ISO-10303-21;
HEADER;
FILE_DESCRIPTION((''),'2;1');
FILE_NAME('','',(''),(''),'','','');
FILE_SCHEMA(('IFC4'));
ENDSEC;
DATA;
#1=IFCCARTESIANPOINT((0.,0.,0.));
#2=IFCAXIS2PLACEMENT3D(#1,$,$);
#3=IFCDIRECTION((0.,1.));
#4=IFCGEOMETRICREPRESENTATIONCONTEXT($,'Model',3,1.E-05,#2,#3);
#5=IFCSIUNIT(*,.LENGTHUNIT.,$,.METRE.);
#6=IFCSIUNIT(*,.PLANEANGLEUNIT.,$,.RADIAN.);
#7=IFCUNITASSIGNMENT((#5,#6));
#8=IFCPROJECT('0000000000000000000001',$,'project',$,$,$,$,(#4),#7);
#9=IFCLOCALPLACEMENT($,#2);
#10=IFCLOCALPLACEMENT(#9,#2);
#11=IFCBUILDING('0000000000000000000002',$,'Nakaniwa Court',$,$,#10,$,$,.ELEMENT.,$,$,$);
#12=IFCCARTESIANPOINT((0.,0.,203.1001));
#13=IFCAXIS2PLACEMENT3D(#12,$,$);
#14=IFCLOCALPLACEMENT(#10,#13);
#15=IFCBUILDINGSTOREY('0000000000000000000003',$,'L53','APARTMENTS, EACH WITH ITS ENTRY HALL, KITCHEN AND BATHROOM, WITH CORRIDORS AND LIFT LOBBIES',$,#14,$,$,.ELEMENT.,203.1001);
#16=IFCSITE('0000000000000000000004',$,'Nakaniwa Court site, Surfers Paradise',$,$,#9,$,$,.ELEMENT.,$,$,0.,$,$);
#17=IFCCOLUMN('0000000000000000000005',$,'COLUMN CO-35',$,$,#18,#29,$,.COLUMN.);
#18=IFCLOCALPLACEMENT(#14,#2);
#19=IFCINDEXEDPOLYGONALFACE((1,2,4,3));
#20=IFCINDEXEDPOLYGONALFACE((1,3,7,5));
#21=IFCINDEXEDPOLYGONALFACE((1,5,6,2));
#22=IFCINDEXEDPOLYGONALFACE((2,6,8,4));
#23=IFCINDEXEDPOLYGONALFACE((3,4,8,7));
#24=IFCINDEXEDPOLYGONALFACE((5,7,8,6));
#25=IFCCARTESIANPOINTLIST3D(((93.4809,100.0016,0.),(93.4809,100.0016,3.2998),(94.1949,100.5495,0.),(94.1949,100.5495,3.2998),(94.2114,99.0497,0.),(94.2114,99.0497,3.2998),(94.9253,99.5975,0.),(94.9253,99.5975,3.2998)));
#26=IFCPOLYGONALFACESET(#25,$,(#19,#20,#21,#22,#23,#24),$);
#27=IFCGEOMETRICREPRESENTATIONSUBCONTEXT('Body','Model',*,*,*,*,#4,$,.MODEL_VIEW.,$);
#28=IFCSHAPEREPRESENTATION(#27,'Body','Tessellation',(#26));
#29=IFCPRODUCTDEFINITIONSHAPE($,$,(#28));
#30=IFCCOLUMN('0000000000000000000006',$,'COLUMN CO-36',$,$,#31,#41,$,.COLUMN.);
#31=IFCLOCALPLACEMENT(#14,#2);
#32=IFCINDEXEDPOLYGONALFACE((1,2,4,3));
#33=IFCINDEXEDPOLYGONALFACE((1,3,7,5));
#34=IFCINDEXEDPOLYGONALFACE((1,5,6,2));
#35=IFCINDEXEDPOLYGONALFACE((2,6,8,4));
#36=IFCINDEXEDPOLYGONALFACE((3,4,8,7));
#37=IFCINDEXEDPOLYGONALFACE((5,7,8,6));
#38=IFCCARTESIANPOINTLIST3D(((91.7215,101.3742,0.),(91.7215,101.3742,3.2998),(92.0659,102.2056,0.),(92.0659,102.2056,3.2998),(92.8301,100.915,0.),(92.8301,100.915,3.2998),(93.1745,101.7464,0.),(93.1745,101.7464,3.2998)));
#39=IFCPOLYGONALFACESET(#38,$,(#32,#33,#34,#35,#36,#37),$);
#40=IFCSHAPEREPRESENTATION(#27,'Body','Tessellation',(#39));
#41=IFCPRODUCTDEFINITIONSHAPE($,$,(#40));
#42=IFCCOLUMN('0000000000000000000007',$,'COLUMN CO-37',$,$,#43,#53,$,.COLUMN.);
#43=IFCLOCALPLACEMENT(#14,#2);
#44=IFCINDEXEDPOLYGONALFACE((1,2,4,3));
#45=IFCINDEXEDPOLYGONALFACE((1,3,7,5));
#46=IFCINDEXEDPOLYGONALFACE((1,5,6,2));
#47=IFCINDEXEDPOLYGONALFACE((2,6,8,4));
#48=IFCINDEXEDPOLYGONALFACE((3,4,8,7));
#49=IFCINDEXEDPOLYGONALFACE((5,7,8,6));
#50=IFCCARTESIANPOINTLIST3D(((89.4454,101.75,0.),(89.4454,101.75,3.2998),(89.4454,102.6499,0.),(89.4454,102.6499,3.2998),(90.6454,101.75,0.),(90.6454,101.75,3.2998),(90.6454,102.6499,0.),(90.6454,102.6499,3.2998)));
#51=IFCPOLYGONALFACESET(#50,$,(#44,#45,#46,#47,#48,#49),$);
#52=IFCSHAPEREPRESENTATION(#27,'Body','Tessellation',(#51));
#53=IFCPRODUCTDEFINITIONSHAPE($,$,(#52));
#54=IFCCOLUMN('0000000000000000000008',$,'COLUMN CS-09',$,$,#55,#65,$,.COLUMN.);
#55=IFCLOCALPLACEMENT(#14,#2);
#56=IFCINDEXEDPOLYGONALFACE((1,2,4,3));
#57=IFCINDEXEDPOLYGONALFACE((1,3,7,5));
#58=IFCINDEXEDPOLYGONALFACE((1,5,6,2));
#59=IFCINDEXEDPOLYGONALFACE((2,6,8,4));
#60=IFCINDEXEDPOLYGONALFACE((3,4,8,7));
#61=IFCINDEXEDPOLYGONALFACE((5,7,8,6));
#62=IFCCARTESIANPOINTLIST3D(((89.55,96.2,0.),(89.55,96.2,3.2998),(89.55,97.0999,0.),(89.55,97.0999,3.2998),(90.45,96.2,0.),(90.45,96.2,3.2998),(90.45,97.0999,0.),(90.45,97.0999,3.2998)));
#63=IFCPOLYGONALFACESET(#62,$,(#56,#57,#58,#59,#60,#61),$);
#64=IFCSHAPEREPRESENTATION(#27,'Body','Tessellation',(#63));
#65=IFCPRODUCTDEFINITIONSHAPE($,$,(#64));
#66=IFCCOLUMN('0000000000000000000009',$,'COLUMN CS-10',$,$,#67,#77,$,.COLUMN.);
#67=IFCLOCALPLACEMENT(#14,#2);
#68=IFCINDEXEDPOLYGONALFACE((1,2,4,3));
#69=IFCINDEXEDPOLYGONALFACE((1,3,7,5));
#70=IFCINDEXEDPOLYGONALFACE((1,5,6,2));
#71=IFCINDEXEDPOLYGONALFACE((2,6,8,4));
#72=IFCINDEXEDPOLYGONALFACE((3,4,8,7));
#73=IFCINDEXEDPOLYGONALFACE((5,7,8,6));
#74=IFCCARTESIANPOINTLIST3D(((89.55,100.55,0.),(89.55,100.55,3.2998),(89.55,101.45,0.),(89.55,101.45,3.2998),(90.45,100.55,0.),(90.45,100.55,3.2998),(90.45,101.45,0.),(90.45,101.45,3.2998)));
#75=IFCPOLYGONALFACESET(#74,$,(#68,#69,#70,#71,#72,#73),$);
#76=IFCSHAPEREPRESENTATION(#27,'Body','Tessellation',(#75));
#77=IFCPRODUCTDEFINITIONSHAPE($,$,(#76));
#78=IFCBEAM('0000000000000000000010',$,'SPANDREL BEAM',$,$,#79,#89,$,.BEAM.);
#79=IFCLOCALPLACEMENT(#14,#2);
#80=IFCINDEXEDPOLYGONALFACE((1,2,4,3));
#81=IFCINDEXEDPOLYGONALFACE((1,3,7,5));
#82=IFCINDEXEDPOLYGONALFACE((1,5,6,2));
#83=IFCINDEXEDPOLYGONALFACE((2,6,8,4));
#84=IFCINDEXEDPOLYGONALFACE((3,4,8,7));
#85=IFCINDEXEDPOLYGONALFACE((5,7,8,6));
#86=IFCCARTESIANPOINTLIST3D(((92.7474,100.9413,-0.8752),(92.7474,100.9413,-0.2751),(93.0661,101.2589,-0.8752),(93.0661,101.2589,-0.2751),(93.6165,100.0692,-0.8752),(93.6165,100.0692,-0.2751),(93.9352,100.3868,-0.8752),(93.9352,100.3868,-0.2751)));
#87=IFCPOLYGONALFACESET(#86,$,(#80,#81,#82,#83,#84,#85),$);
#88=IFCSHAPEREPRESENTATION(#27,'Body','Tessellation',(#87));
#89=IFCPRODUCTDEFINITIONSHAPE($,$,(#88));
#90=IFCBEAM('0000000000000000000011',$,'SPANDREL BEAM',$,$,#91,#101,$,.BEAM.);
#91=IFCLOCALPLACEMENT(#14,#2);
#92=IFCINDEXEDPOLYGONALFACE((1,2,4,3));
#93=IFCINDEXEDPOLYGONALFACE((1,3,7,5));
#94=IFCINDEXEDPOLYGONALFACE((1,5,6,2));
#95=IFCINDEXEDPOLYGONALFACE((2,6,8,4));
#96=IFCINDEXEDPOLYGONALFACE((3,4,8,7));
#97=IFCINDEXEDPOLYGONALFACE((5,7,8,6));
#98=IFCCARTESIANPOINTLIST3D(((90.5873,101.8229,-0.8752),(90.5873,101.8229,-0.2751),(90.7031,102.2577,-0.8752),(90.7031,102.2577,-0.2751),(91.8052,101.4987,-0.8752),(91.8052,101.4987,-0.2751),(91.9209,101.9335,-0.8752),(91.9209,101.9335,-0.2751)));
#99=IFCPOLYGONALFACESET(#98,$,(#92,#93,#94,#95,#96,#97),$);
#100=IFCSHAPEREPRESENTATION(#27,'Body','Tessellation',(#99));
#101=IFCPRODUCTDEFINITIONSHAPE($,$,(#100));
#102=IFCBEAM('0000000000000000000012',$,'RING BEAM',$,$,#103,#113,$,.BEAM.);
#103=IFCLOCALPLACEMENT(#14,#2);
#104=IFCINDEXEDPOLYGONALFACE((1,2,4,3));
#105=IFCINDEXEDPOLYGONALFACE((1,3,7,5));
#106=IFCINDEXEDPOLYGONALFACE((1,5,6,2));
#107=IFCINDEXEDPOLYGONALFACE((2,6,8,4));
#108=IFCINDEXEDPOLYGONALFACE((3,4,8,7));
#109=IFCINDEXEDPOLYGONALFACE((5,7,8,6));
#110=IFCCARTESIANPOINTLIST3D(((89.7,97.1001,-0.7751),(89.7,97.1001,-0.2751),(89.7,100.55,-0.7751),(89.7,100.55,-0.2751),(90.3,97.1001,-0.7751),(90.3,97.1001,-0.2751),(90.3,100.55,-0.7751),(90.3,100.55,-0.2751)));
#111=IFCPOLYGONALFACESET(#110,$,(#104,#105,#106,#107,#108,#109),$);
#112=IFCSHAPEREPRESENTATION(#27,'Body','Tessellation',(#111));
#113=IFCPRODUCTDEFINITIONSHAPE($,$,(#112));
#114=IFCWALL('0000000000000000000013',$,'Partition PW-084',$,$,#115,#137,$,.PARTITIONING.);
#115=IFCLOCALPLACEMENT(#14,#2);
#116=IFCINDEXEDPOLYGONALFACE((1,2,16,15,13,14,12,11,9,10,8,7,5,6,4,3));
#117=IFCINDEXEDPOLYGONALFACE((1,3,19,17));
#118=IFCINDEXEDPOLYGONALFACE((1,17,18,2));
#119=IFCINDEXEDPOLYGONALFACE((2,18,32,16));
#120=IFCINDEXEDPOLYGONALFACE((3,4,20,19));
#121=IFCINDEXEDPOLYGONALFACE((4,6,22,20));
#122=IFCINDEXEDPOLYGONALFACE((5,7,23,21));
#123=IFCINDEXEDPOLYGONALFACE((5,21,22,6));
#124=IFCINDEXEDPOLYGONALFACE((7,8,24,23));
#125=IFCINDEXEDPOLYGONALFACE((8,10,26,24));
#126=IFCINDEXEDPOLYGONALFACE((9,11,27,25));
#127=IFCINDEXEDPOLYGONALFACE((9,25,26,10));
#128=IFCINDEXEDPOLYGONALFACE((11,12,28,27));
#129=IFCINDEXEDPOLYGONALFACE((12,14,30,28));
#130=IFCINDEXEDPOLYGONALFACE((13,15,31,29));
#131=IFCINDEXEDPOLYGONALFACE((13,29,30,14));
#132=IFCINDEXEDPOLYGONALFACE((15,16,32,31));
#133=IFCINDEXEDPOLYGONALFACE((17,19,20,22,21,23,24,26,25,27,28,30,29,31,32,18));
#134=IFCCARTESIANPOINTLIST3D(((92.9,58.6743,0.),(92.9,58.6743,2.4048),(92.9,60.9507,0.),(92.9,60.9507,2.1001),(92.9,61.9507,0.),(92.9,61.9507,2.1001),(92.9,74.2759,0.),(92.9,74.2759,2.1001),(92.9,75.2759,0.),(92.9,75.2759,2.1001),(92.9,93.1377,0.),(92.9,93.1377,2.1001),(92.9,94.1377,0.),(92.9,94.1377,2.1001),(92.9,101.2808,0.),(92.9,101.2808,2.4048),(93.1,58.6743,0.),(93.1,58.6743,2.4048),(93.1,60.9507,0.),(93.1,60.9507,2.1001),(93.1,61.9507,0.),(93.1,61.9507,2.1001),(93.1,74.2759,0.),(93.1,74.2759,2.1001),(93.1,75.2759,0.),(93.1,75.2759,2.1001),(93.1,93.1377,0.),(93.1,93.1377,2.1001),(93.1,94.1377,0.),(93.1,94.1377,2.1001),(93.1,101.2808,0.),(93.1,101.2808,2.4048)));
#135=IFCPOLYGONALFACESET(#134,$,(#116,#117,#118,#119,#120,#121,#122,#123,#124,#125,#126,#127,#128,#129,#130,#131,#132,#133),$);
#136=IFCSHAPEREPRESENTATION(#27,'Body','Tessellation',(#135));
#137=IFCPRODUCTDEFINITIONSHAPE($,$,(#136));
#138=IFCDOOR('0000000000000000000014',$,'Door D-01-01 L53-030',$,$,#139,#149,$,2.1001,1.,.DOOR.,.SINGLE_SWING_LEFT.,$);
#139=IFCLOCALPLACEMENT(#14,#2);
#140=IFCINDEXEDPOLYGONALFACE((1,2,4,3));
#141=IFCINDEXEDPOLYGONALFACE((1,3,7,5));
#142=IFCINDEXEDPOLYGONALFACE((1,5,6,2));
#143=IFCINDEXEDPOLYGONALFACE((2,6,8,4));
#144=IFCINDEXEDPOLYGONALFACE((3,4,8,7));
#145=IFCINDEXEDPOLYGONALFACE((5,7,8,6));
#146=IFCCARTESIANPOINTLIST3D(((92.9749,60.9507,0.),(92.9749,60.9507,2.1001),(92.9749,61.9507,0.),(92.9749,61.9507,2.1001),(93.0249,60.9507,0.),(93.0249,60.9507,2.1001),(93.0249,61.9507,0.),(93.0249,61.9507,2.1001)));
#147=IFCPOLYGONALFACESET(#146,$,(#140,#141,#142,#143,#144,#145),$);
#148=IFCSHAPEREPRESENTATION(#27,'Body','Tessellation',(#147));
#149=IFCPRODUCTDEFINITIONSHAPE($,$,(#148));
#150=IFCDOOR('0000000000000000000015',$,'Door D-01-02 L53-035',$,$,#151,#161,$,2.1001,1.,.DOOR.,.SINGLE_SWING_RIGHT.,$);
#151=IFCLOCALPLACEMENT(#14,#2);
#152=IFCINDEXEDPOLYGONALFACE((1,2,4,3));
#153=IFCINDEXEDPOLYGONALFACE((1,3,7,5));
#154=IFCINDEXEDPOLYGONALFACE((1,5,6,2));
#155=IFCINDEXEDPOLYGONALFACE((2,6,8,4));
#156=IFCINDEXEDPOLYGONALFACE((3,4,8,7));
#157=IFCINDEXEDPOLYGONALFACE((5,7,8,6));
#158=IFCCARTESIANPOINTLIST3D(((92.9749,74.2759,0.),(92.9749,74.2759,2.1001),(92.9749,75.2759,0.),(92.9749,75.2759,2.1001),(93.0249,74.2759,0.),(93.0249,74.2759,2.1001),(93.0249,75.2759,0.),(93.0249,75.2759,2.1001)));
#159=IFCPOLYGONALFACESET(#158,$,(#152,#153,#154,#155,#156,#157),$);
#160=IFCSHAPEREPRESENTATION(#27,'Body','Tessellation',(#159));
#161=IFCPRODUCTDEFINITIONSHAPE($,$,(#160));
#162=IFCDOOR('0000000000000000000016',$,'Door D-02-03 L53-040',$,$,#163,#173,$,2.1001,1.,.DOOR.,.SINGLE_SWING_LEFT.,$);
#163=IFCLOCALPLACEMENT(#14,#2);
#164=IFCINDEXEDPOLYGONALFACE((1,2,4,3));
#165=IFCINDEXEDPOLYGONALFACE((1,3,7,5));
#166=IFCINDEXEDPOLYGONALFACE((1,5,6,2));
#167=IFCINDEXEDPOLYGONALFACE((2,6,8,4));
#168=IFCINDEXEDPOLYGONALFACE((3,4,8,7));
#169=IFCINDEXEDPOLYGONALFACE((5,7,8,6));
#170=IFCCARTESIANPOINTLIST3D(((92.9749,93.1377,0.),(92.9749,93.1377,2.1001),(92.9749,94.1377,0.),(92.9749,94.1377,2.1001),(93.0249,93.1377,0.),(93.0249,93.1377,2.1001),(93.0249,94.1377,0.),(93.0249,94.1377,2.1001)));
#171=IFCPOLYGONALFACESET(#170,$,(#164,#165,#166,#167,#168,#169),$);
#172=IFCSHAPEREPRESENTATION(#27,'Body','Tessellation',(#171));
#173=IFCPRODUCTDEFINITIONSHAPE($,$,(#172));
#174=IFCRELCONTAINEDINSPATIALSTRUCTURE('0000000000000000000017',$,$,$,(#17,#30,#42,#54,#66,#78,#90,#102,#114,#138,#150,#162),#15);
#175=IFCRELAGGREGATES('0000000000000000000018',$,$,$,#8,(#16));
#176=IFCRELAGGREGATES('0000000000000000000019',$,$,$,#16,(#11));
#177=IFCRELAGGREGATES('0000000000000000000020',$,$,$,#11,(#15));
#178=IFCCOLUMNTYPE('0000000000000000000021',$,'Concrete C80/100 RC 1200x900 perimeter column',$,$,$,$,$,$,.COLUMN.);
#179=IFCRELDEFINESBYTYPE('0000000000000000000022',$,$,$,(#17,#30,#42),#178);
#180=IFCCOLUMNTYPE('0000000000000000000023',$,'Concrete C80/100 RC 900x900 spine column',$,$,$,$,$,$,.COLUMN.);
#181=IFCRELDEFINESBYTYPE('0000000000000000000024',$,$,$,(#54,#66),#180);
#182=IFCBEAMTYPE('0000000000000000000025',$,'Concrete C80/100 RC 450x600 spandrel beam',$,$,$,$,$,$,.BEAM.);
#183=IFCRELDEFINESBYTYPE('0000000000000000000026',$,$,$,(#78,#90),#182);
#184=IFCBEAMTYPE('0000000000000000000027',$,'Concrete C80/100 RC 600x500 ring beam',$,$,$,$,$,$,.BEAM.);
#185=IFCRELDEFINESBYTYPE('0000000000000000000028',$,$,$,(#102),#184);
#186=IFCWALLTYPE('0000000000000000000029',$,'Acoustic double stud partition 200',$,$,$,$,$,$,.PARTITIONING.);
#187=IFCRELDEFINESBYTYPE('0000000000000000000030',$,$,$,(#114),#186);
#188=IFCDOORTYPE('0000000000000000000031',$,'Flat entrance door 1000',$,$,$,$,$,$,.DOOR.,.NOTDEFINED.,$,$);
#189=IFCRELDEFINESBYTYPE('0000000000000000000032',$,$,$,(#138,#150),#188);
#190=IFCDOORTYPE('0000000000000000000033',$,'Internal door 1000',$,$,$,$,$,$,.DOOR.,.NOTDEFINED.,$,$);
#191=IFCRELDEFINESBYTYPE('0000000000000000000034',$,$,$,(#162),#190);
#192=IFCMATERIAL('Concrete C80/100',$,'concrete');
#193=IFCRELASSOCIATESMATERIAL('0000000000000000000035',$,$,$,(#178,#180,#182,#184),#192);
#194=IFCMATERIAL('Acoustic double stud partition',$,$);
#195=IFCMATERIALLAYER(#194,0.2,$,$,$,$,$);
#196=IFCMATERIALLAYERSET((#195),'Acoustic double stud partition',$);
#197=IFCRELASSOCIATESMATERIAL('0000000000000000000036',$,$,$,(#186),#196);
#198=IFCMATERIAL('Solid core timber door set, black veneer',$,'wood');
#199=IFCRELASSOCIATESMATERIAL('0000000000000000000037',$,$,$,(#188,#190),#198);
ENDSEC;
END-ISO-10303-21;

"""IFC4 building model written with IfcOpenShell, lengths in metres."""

from ifc_helpers import new_model, si_unit, direction, frame, frame_2d, origin, origin_2d, place, context, subcontext, project, spatial, rectangle, extrude, material, layer, layer_set, material_profile, profile_set, type_object, element, fill, save


model = new_model("IFC4")

# Units and contexts
model_context = context("Model", 3, precision=1e-05, world=origin(), true_north=direction((0.0, 1.0)))
body_context = subcontext(model_context, "Body", "Model", "MODEL_VIEW")
ifc_project = project(units=[si_unit("LENGTHUNIT", "METRE"), si_unit("PLANEANGLEUNIT", "RADIAN")], contexts=[model_context])

# Site, building, storey
site_placement = place(None, origin())
site = spatial("IfcSite", under=ifc_project, at=site_placement, Name="Nakaniwa Court site, Surfers Paradise", CompositionType="ELEMENT", RefElevation=0.0)
building_placement = place(site_placement, origin())
building = spatial("IfcBuilding", under=site, at=building_placement, Name="Nakaniwa Court", CompositionType="ELEMENT")
storey_placement = place(building_placement, frame((0.0, 0.0, 203.1001)))
storey = spatial("IfcBuildingStorey", under=building, at=storey_placement, Name="L53", Description="APARTMENTS, EACH WITH ITS ENTRY HALL, KITCHEN AND BATHROOM, WITH CORRIDORS AND LIFT LOBBIES", CompositionType="ELEMENT", Elevation=203.1001)

# Columns
ifc_material_1 = material(Name="Concrete C80/100", Category="concrete")
ifc_material_profile_1 = material_profile(ifc_material_1, rectangle(XDim=1.2, YDim=0.8999, at=origin_2d()), Name="Concrete C80/100 RC 1200x900 perimeter column")
ifc_profile_set_1 = profile_set([ifc_material_profile_1], Name="Concrete C80/100")
column_type_1 = type_object("IfcColumnType", Name="Concrete C80/100 RC 1200x900 perimeter column", PredefinedType="COLUMN", material=ifc_profile_set_1)
for number, where, z_axis, x_axis, name in (
    (1, (94.2031, 99.7996, 0.0), (0.0, 0.0, 1.0), (-0.608761, 0.793353, 0.0), "COLUMN CO-35"),
    (2, (92.448, 101.5603, 0.0), (0.0, 0.0, 1.0), (-0.92388, 0.382683, 0.0), "COLUMN CO-36"),
    (3, (90.0454, 102.2, 0.0), (0.0, 0.0, 1.0), (-1.0, 0.0, 0.0), "COLUMN CO-37"),
):
    element("IfcColumn", number, at=place(storey_placement, frame(where, z_axis=z_axis, x_axis=x_axis)), inside=storey, type_object=column_type_1, Name=name, PredefinedType="COLUMN", context=body_context, shape_type="SweptSolid", body=[
        extrude(rectangle(XDim=1.2, YDim=0.8999, at=origin_2d()), origin(), (0.0, 0.0, 1.0), 3.2998),
    ])
ifc_material_profile_2 = material_profile(ifc_material_1, rectangle(XDim=0.8999, YDim=0.8999, at=origin_2d()), Name="Concrete C80/100 RC 900x900 spine column")
ifc_profile_set_2 = profile_set([ifc_material_profile_2], Name="Concrete C80/100")
column_type_2 = type_object("IfcColumnType", Name="Concrete C80/100 RC 900x900 spine column", PredefinedType="COLUMN", material=ifc_profile_set_2)
for number, where, z_axis, x_axis, name in (
    (4, (90.0, 96.6499, 0.0), (0.0, 0.0, 1.0), (0.0, 1.0, 0.0), "COLUMN CS-09"),
    (5, (90.0, 101.0, 0.0), (0.0, 0.0, 1.0), (0.0, 1.0, 0.0), "COLUMN CS-10"),
):
    element("IfcColumn", number, at=place(storey_placement, frame(where, z_axis=z_axis, x_axis=x_axis)), inside=storey, type_object=column_type_2, Name=name, PredefinedType="COLUMN", context=body_context, shape_type="SweptSolid", body=[
        extrude(rectangle(XDim=0.8999, YDim=0.8999, at=origin_2d()), origin(), (0.0, 0.0, 1.0), 3.2998),
    ])

# Beams
ifc_material_profile_3 = material_profile(ifc_material_1, rectangle(XDim=0.45, YDim=0.6001, at=origin_2d()), Name="Concrete C80/100 RC 450x600 spandrel beam")
ifc_profile_set_3 = profile_set([ifc_material_profile_3], Name="Concrete C80/100")
beam_type_1 = type_object("IfcBeamType", Name="Concrete C80/100 RC 450x600 spandrel beam", PredefinedType="BEAM", material=ifc_profile_set_3)
beam_1_placement = place(storey_placement, frame((93.7759, 100.228, -0.5752), z_axis=(-0.705916, 0.708296, 0.0), x_axis=(-0.708296, -0.705916, 0.0)))
element("IfcBeam", 6, at=beam_1_placement, inside=storey, type_object=beam_type_1, Name="SPANDREL BEAM", PredefinedType="BEAM", context=body_context, shape_type="SweptSolid", body=[
    extrude(rectangle(XDim=0.45, YDim=0.6001, at=origin_2d()), origin(), (0.0, 0.0, 1.0), 1.2312),
])
beam_2_placement = place(storey_placement, frame((91.863, 101.7161, -0.5752), z_axis=(-0.966338, 0.257277, 0.0), x_axis=(-0.257277, -0.966338, 0.0)))
element("IfcBeam", 7, at=beam_2_placement, inside=storey, type_object=beam_type_1, Name="SPANDREL BEAM", PredefinedType="BEAM", context=body_context, shape_type="SweptSolid", body=[
    extrude(rectangle(XDim=0.45, YDim=0.6001, at=origin_2d()), origin(), (0.0, 0.0, 1.0), 1.2603),
])
ifc_material_profile_4 = material_profile(ifc_material_1, rectangle(XDim=0.6001, YDim=0.5, at=origin_2d()), Name="Concrete C80/100 RC 600x500 ring beam")
ifc_profile_set_4 = profile_set([ifc_material_profile_4], Name="Concrete C80/100")
beam_type_2 = type_object("IfcBeamType", Name="Concrete C80/100 RC 600x500 ring beam", PredefinedType="BEAM", material=ifc_profile_set_4)
beam_3_placement = place(storey_placement, frame((90.0, 97.1001, -0.5251), z_axis=(0.0, 1.0, 0.0), x_axis=(-1.0, 0.0, 0.0)))
element("IfcBeam", 8, at=beam_3_placement, inside=storey, type_object=beam_type_2, Name="RING BEAM", PredefinedType="BEAM", context=body_context, shape_type="SweptSolid", body=[
    extrude(rectangle(XDim=0.6001, YDim=0.5, at=origin_2d()), origin(), (0.0, 0.0, 1.0), 3.45),
])

# Wall, openings, doors
ifc_material_2 = material(Name="Acoustic double stud partition")
ifc_layer_1 = layer(ifc_material_2, 0.2)
ifc_layer_set_1 = layer_set([ifc_layer_1], Name="Acoustic double stud partition")
wall_type_1 = type_object("IfcWallType", Name="Acoustic double stud partition 200", PredefinedType="PARTITIONING", material=ifc_layer_set_1)
wall_1_placement = place(storey_placement, frame((93.0, 101.2808, 0.0), z_axis=(0.0, 0.0, 1.0), x_axis=(0.0, -1.0, 0.0)))
wall_1 = element("IfcWall", 9, at=wall_1_placement, inside=storey, type_object=wall_type_1, Name="Partition PW-084", PredefinedType="PARTITIONING", context=body_context, shape_type="SweptSolid", body=[
    extrude(rectangle(XDim=42.6064, YDim=0.2, at=frame_2d((21.3032, 0.0))), origin(), (0.0, 0.0, 1.0), 2.4048),
])
opening_1_placement = place(wall_1_placement, frame((39.3301, 0.0, 0.0)))
opening_1 = element("IfcOpeningElement", 10, at=opening_1_placement, cuts=wall_1, PredefinedType="OPENING", context=body_context, shape_type="SweptSolid", body=[
    extrude(rectangle(XDim=1.0, YDim=2.1001, at=frame_2d((0.5, 1.05))), frame((0.0, 0.1099, 0.0), z_axis=(0.0, -1.0, 0.0), x_axis=(1.0, 0.0, 0.0)), (0.0, 0.0, 1.0), 0.22),
])
opening_2_placement = place(wall_1_placement, frame((26.0049, 0.0, 0.0)))
opening_2 = element("IfcOpeningElement", 11, at=opening_2_placement, cuts=wall_1, PredefinedType="OPENING", context=body_context, shape_type="SweptSolid", body=[
    extrude(rectangle(XDim=1.0, YDim=2.1001, at=frame_2d((0.5, 1.05))), frame((0.0, 0.1099, 0.0), z_axis=(0.0, -1.0, 0.0), x_axis=(1.0, 0.0, 0.0)), (0.0, 0.0, 1.0), 0.22),
])
opening_3_placement = place(wall_1_placement, frame((7.1431, 0.0, 0.0)))
opening_3 = element("IfcOpeningElement", 12, at=opening_3_placement, cuts=wall_1, PredefinedType="OPENING", context=body_context, shape_type="SweptSolid", body=[
    extrude(rectangle(XDim=1.0, YDim=2.1001, at=frame_2d((0.5, 1.05))), frame((0.0, 0.1099, 0.0), z_axis=(0.0, -1.0, 0.0), x_axis=(1.0, 0.0, 0.0)), (0.0, 0.0, 1.0), 0.22),
])
ifc_material_3 = material(Name="Solid core timber door set, black veneer", Category="wood")
door_type_1 = type_object("IfcDoorType", Name="Flat entrance door 1000", OperationType="NOTDEFINED", PredefinedType="DOOR", material=ifc_material_3)
door_1_placement = place(opening_1_placement, origin())
door_1 = element("IfcDoor", 13, at=door_1_placement, inside=storey, type_object=door_type_1, Name="Door D-01-01 L53-030", OperationType="SINGLE_SWING_LEFT", OverallHeight=2.1001, OverallWidth=1.0, PredefinedType="DOOR", context=body_context, shape_type="SweptSolid", body=[
    extrude(rectangle(XDim=1.0, YDim=2.1001, at=frame_2d((0.5, 1.05))), frame((0.0, 0.0249, 0.0), z_axis=(0.0, -1.0, 0.0), x_axis=(1.0, 0.0, 0.0)), (0.0, 0.0, 1.0), 0.05),
])
fill(opening_1, door_1)
door_2_placement = place(opening_2_placement, origin())
door_2 = element("IfcDoor", 14, at=door_2_placement, inside=storey, type_object=door_type_1, Name="Door D-01-02 L53-035", OperationType="SINGLE_SWING_RIGHT", OverallHeight=2.1001, OverallWidth=1.0, PredefinedType="DOOR", context=body_context, shape_type="SweptSolid", body=[
    extrude(rectangle(XDim=1.0, YDim=2.1001, at=frame_2d((0.5, 1.05))), frame((0.0, 0.0249, 0.0), z_axis=(0.0, -1.0, 0.0), x_axis=(1.0, 0.0, 0.0)), (0.0, 0.0, 1.0), 0.05),
])
fill(opening_2, door_2)
door_type_2 = type_object("IfcDoorType", Name="Internal door 1000", OperationType="NOTDEFINED", PredefinedType="DOOR", material=ifc_material_3)
door_3_placement = place(opening_3_placement, origin())
door_3 = element("IfcDoor", 15, at=door_3_placement, inside=storey, type_object=door_type_2, Name="Door D-02-03 L53-040", OperationType="SINGLE_SWING_LEFT", OverallHeight=2.1001, OverallWidth=1.0, PredefinedType="DOOR", context=body_context, shape_type="SweptSolid", body=[
    extrude(rectangle(XDim=1.0, YDim=2.1001, at=frame_2d((0.5, 1.05))), frame((0.0, 0.0249, 0.0), z_axis=(0.0, -1.0, 0.0), x_axis=(1.0, 0.0, 0.0)), (0.0, 0.0, 1.0), 0.05),
])
fill(opening_3, door_3)

save(model, "model.ifc")
